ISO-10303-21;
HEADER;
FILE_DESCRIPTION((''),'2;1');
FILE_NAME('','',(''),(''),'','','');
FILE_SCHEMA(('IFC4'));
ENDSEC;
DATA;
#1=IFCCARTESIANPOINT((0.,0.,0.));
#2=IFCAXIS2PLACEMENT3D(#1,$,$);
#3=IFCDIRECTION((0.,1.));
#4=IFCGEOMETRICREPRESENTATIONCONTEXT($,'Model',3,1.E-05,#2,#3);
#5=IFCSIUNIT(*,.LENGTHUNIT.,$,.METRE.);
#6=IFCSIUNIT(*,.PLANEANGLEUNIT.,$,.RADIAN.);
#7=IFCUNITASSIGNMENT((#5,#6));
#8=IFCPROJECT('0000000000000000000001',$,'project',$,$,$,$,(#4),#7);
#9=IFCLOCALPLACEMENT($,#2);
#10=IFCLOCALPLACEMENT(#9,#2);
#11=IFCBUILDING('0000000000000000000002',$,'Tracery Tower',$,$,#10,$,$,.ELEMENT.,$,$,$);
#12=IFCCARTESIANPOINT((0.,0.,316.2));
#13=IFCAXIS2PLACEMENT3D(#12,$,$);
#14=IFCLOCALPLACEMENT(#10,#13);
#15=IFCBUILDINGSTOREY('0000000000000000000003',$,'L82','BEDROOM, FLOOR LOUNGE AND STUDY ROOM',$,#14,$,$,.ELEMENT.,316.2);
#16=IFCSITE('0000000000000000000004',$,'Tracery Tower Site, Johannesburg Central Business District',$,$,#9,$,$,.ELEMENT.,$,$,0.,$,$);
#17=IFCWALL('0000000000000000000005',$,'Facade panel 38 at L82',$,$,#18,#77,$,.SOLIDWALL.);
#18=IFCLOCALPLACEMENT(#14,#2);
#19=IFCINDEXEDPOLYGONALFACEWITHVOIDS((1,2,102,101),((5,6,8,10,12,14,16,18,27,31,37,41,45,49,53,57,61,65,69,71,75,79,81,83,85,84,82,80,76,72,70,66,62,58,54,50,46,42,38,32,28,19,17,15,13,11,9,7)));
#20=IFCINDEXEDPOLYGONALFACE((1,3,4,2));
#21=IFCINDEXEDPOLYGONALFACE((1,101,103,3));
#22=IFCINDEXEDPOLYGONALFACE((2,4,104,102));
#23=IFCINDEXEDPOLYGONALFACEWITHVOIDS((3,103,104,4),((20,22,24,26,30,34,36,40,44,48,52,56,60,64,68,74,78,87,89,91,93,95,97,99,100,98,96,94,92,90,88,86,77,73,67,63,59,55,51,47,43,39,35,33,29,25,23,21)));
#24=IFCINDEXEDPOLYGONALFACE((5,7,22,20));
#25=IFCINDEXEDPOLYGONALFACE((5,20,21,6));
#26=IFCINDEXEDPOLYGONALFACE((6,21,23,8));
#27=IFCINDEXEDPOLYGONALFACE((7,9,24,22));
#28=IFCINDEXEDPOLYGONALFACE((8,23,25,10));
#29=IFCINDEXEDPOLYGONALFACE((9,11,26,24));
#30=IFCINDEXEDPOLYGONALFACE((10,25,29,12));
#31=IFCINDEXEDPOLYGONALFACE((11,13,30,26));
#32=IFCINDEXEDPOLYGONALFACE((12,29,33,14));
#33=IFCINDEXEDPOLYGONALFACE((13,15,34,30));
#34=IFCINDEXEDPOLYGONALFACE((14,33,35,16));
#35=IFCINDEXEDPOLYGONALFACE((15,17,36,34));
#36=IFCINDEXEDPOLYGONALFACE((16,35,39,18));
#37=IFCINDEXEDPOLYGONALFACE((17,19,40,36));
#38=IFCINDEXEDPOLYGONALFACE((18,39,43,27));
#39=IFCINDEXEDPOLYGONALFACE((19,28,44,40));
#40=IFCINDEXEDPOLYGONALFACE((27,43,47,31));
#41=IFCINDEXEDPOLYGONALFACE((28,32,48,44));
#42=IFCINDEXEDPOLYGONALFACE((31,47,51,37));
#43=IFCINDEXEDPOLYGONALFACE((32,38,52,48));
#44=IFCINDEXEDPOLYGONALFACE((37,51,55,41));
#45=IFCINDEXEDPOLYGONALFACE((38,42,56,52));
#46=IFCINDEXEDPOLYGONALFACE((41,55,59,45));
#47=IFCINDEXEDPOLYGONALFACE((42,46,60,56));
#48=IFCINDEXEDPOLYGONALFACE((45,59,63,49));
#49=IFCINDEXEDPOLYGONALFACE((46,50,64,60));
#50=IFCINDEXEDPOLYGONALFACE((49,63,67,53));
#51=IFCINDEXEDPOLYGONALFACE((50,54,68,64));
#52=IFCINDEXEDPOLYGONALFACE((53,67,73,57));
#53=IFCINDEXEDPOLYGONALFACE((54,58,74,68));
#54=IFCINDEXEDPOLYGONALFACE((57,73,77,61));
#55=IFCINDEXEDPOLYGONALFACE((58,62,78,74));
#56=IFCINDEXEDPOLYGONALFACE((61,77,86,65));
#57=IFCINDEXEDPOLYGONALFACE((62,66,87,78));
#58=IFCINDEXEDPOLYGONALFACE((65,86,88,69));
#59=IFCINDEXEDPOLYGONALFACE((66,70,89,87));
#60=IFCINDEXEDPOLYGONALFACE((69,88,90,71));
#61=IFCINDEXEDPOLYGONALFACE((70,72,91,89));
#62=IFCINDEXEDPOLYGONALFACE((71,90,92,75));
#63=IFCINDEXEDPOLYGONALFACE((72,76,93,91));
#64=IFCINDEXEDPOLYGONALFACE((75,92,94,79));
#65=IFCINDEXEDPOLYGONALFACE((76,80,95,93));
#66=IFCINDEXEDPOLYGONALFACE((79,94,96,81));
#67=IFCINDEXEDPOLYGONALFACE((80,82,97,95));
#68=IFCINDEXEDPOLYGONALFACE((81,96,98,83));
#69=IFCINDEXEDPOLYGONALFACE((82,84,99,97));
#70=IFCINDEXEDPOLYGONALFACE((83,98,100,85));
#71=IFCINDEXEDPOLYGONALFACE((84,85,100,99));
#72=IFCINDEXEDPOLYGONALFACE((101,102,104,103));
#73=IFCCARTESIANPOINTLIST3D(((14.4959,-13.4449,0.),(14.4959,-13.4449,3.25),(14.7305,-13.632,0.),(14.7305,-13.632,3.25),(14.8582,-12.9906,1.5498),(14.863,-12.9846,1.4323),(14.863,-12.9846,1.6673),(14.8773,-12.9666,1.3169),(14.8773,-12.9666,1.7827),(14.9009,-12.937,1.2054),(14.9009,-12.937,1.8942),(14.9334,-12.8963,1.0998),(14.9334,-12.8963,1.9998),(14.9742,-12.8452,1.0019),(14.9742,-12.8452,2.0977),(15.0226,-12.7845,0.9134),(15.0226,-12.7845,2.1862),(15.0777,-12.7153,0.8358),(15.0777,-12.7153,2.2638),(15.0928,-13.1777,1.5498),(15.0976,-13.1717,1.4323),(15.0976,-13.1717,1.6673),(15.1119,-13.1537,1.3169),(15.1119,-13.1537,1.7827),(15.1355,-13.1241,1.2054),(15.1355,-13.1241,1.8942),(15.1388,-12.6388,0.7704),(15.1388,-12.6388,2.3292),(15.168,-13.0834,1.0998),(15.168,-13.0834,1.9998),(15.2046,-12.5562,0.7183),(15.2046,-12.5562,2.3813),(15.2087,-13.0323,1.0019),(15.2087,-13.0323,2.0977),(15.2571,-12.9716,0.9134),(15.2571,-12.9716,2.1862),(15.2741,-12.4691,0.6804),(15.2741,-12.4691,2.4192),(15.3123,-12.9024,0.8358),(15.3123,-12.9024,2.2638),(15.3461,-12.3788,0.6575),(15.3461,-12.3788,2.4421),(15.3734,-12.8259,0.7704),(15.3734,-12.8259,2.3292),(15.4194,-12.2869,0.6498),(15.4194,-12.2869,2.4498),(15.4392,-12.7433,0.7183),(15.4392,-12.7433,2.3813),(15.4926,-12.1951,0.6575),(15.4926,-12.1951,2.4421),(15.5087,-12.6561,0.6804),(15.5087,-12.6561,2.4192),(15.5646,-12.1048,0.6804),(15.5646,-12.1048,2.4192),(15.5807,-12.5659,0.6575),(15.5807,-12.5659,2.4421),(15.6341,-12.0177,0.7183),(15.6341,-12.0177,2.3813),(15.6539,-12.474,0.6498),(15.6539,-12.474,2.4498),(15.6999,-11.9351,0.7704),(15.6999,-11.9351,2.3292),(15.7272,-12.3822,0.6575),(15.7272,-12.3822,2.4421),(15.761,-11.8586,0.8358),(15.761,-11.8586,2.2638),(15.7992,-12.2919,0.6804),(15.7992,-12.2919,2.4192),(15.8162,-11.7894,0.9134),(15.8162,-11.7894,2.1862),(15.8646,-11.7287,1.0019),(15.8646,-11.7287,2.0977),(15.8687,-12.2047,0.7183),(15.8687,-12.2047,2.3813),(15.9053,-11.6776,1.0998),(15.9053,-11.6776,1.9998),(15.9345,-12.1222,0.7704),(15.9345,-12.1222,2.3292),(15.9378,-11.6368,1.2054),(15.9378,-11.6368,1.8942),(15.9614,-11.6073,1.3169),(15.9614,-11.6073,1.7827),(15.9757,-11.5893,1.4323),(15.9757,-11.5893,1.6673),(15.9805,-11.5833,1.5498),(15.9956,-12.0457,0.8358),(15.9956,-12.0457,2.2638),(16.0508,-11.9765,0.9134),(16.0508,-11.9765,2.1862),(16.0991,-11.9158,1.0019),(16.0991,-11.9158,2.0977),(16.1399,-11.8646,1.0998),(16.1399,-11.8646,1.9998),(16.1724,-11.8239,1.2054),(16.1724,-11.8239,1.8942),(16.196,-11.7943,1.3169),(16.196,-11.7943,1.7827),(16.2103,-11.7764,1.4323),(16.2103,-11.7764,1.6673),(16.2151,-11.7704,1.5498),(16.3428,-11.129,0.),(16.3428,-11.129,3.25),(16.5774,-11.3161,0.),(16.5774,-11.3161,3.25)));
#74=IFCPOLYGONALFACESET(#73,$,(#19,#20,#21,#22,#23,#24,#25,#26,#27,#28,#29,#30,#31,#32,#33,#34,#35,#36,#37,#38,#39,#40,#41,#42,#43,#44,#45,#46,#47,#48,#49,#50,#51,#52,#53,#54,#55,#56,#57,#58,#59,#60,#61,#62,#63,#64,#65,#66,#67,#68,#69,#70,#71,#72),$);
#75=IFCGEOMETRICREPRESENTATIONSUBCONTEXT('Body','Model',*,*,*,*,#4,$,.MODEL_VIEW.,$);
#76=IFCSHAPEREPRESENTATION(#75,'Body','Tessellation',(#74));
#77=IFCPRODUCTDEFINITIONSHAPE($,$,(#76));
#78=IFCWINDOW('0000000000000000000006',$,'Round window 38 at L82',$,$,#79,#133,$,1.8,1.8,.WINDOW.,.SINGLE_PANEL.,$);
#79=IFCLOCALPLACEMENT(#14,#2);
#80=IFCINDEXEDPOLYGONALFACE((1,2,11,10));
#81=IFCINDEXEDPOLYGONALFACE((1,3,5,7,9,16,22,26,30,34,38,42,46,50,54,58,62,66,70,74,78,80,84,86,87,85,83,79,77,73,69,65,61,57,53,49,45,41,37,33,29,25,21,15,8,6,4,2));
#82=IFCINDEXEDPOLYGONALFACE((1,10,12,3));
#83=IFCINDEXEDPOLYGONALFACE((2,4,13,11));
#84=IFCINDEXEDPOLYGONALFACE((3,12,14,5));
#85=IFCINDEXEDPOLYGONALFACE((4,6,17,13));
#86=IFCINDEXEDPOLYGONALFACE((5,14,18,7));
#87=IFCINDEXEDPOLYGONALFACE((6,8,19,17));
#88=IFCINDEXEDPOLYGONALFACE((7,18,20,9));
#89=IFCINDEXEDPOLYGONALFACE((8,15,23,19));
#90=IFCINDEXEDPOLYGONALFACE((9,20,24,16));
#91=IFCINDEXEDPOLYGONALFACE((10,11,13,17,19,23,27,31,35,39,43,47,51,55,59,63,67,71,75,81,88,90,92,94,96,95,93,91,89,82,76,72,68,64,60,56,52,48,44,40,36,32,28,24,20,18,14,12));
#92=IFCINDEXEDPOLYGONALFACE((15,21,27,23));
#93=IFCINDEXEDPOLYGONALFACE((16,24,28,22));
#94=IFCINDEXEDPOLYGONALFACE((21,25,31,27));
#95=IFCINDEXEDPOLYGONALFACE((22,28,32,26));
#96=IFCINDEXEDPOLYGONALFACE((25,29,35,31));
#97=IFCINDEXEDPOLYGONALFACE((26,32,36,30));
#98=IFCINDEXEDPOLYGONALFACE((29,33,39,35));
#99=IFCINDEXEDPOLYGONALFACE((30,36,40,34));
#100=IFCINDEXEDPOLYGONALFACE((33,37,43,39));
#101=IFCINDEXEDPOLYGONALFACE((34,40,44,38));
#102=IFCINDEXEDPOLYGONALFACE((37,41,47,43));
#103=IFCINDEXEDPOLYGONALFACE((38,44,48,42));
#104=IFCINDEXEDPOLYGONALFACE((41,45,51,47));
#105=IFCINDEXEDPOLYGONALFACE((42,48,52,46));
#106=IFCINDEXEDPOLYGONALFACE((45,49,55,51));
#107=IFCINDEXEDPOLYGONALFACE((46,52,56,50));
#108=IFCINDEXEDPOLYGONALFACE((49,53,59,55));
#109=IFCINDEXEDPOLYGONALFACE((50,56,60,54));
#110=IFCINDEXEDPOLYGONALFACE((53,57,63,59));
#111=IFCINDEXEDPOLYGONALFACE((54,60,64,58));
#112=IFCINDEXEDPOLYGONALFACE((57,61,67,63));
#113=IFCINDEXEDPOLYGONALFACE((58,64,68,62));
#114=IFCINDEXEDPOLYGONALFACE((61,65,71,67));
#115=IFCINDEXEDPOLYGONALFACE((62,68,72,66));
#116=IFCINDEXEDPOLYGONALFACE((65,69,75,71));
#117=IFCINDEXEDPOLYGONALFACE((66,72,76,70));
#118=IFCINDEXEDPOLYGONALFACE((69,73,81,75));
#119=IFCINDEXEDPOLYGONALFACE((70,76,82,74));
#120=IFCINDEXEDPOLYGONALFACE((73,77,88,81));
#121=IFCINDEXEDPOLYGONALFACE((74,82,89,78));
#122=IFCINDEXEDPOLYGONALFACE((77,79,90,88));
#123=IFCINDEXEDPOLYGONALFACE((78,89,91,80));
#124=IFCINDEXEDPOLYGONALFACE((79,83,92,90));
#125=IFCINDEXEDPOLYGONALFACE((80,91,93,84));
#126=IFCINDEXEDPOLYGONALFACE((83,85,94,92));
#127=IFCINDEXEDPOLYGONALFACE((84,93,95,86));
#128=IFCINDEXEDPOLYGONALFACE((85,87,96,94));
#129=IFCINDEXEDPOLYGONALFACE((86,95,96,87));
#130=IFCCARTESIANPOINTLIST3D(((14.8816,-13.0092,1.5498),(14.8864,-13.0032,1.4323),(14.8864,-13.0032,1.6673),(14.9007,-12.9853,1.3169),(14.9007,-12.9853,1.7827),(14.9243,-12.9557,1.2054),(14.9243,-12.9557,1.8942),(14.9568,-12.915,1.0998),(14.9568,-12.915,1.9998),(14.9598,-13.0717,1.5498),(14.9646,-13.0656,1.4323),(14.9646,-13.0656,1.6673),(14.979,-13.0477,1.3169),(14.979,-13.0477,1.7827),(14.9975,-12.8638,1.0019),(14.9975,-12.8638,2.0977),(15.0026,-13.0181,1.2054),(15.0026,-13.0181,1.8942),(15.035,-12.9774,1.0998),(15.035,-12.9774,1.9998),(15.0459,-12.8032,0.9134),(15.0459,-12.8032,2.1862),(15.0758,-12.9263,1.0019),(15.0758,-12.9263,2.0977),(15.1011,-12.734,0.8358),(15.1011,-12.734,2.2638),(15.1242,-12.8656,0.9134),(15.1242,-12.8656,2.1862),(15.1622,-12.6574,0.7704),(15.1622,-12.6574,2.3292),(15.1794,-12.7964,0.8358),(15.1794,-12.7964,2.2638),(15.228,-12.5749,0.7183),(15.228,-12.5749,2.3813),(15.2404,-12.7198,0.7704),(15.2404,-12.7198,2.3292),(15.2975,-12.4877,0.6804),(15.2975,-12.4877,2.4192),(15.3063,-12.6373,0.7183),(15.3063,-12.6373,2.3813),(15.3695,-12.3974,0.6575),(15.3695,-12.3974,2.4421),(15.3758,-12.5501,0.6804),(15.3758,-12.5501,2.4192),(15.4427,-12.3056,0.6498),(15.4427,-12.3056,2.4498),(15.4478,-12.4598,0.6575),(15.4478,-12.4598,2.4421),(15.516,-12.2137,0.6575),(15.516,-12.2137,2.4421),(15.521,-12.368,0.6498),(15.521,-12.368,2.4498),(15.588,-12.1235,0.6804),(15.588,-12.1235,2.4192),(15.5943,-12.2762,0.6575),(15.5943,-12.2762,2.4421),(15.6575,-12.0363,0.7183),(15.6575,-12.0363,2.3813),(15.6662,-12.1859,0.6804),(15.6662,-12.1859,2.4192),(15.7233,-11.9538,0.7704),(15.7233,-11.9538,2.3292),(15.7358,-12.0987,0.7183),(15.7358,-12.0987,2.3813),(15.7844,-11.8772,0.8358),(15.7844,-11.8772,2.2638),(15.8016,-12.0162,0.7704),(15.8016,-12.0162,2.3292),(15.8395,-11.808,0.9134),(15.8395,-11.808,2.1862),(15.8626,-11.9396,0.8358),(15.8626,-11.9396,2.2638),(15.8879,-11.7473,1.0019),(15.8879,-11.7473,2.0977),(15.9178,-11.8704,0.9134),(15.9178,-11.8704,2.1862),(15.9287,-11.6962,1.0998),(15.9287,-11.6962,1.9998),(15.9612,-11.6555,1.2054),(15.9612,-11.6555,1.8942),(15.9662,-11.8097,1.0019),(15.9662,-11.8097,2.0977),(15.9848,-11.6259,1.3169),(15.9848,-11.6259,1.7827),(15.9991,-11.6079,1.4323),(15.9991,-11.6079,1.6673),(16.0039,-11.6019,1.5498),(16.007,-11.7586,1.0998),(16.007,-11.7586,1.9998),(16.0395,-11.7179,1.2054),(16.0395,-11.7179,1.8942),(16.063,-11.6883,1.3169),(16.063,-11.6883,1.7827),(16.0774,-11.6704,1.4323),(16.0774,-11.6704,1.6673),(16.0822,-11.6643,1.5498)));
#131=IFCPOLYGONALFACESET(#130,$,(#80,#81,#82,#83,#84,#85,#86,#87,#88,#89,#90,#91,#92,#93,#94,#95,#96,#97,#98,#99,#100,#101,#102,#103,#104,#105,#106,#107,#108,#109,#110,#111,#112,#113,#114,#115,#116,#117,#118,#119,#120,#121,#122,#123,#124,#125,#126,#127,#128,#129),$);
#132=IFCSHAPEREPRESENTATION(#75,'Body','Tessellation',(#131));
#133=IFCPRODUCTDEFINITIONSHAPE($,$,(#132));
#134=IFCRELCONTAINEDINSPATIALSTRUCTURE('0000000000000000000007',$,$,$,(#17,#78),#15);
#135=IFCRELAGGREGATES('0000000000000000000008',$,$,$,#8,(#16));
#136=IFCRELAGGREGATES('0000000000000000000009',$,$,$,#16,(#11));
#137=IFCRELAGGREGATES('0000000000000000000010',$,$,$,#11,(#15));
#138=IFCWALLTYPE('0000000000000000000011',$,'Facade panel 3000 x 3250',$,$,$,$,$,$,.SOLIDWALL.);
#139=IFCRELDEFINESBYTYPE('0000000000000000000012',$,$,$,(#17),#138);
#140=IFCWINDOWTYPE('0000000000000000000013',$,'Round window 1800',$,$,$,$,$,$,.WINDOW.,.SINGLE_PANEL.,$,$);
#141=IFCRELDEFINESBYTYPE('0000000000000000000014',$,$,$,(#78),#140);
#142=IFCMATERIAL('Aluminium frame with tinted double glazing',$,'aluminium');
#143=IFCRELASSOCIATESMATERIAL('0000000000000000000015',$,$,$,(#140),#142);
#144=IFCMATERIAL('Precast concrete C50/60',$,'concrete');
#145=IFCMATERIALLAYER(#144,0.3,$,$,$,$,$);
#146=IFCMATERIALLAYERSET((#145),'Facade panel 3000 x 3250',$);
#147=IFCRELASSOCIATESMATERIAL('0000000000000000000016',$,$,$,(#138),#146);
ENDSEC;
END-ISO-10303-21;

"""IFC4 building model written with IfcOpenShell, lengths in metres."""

from ifc_helpers import new_model, si_unit, direction, frame, frame_2d, origin, origin_2d, place, context, subcontext, project, spatial, rectangle, circle, extrude, material, layer, layer_set, type_object, element, fill, save


model = new_model("IFC4")

# Units and contexts
model_context = context("Model", 3, precision=1e-05, world=origin(), true_north=direction((0.0, 1.0)))
body_context = subcontext(model_context, "Body", "Model", "MODEL_VIEW")
ifc_project = project(units=[si_unit("LENGTHUNIT", "METRE"), si_unit("PLANEANGLEUNIT", "RADIAN")], contexts=[model_context])

# Site, building, storey
site_placement = place(None, origin())
site = spatial("IfcSite", under=ifc_project, at=site_placement, Name="Tracery Tower Site, Johannesburg Central Business District", CompositionType="ELEMENT", RefElevation=0.0)
building_placement = place(site_placement, origin())
building = spatial("IfcBuilding", under=site, at=building_placement, Name="Tracery Tower", CompositionType="ELEMENT")
storey_placement = place(building_placement, frame((0.0, 0.0, 316.2)))
storey = spatial("IfcBuildingStorey", under=building, at=storey_placement, Name="L82", Description="BEDROOM, FLOOR LOUNGE AND STUDY ROOM", CompositionType="ELEMENT", Elevation=316.2)

# Wall, opening, window
ifc_material_1 = material(Name="Aluminium frame with tinted double glazing", Category="aluminium")
window_type = type_object("IfcWindowType", Name="Round window 1800", PartitioningType="SINGLE_PANEL", PredefinedType="WINDOW", material=ifc_material_1)
ifc_material_2 = material(Name="Precast concrete C50/60", Category="concrete")
ifc_layer_1 = layer(ifc_material_2, 0.3)
ifc_layer_set_1 = layer_set([ifc_layer_1], Name="Facade panel 3000 x 3250")
wall_type_1 = type_object("IfcWallType", Name="Facade panel 3000 x 3250", PredefinedType="SOLIDWALL", material=ifc_layer_set_1)
wall_1_placement = place(storey_placement, frame((14.6133, -13.5383, 0.0), z_axis=(0.0, 0.0, 1.0), x_axis=(0.623498, 0.781825, 0.0)))
wall_1 = element("IfcWall", 1, at=wall_1_placement, inside=storey, type_object=wall_type_1, Name="Facade panel 38 at L82", PredefinedType="SOLIDWALL", context=body_context, shape_type="SweptSolid", body=[
    extrude(rectangle(XDim=2.9622, YDim=0.3, at=frame_2d((1.481, 0.0))), origin(), (0.0, 0.0, 1.0), 3.25),
])
opening_1_placement = place(wall_1_placement, frame((1.481, 0.0, 1.5498)))
opening_1 = element("IfcOpeningElement", 2, at=opening_1_placement, cuts=wall_1, PredefinedType="OPENING", context=body_context, shape_type="SweptSolid", body=[
    extrude(circle(Radius=0.9, at=origin_2d()), frame((0.0, 0.1599, 0.0), z_axis=(0.0, -1.0, 0.0), x_axis=(1.0, 0.0, 0.0)), (0.0, 0.0, 1.0), 0.3201),
])
window_1_placement = place(opening_1_placement, origin())
window_1 = element("IfcWindow", 3, at=window_1_placement, inside=storey, type_object=window_type, Name="Round window 38 at L82", OverallHeight=1.8, OverallWidth=1.8, PartitioningType="SINGLE_PANEL", PredefinedType="WINDOW", context=body_context, shape_type="SweptSolid", body=[
    extrude(circle(Radius=0.9, at=origin_2d()), frame((0.0, 0.1201, 0.0), z_axis=(0.0, -1.0, 0.0), x_axis=(1.0, 0.0, 0.0)), (0.0, 0.0, 1.0), 0.1001),
])
fill(opening_1, window_1)

save(model, "model.ifc")
